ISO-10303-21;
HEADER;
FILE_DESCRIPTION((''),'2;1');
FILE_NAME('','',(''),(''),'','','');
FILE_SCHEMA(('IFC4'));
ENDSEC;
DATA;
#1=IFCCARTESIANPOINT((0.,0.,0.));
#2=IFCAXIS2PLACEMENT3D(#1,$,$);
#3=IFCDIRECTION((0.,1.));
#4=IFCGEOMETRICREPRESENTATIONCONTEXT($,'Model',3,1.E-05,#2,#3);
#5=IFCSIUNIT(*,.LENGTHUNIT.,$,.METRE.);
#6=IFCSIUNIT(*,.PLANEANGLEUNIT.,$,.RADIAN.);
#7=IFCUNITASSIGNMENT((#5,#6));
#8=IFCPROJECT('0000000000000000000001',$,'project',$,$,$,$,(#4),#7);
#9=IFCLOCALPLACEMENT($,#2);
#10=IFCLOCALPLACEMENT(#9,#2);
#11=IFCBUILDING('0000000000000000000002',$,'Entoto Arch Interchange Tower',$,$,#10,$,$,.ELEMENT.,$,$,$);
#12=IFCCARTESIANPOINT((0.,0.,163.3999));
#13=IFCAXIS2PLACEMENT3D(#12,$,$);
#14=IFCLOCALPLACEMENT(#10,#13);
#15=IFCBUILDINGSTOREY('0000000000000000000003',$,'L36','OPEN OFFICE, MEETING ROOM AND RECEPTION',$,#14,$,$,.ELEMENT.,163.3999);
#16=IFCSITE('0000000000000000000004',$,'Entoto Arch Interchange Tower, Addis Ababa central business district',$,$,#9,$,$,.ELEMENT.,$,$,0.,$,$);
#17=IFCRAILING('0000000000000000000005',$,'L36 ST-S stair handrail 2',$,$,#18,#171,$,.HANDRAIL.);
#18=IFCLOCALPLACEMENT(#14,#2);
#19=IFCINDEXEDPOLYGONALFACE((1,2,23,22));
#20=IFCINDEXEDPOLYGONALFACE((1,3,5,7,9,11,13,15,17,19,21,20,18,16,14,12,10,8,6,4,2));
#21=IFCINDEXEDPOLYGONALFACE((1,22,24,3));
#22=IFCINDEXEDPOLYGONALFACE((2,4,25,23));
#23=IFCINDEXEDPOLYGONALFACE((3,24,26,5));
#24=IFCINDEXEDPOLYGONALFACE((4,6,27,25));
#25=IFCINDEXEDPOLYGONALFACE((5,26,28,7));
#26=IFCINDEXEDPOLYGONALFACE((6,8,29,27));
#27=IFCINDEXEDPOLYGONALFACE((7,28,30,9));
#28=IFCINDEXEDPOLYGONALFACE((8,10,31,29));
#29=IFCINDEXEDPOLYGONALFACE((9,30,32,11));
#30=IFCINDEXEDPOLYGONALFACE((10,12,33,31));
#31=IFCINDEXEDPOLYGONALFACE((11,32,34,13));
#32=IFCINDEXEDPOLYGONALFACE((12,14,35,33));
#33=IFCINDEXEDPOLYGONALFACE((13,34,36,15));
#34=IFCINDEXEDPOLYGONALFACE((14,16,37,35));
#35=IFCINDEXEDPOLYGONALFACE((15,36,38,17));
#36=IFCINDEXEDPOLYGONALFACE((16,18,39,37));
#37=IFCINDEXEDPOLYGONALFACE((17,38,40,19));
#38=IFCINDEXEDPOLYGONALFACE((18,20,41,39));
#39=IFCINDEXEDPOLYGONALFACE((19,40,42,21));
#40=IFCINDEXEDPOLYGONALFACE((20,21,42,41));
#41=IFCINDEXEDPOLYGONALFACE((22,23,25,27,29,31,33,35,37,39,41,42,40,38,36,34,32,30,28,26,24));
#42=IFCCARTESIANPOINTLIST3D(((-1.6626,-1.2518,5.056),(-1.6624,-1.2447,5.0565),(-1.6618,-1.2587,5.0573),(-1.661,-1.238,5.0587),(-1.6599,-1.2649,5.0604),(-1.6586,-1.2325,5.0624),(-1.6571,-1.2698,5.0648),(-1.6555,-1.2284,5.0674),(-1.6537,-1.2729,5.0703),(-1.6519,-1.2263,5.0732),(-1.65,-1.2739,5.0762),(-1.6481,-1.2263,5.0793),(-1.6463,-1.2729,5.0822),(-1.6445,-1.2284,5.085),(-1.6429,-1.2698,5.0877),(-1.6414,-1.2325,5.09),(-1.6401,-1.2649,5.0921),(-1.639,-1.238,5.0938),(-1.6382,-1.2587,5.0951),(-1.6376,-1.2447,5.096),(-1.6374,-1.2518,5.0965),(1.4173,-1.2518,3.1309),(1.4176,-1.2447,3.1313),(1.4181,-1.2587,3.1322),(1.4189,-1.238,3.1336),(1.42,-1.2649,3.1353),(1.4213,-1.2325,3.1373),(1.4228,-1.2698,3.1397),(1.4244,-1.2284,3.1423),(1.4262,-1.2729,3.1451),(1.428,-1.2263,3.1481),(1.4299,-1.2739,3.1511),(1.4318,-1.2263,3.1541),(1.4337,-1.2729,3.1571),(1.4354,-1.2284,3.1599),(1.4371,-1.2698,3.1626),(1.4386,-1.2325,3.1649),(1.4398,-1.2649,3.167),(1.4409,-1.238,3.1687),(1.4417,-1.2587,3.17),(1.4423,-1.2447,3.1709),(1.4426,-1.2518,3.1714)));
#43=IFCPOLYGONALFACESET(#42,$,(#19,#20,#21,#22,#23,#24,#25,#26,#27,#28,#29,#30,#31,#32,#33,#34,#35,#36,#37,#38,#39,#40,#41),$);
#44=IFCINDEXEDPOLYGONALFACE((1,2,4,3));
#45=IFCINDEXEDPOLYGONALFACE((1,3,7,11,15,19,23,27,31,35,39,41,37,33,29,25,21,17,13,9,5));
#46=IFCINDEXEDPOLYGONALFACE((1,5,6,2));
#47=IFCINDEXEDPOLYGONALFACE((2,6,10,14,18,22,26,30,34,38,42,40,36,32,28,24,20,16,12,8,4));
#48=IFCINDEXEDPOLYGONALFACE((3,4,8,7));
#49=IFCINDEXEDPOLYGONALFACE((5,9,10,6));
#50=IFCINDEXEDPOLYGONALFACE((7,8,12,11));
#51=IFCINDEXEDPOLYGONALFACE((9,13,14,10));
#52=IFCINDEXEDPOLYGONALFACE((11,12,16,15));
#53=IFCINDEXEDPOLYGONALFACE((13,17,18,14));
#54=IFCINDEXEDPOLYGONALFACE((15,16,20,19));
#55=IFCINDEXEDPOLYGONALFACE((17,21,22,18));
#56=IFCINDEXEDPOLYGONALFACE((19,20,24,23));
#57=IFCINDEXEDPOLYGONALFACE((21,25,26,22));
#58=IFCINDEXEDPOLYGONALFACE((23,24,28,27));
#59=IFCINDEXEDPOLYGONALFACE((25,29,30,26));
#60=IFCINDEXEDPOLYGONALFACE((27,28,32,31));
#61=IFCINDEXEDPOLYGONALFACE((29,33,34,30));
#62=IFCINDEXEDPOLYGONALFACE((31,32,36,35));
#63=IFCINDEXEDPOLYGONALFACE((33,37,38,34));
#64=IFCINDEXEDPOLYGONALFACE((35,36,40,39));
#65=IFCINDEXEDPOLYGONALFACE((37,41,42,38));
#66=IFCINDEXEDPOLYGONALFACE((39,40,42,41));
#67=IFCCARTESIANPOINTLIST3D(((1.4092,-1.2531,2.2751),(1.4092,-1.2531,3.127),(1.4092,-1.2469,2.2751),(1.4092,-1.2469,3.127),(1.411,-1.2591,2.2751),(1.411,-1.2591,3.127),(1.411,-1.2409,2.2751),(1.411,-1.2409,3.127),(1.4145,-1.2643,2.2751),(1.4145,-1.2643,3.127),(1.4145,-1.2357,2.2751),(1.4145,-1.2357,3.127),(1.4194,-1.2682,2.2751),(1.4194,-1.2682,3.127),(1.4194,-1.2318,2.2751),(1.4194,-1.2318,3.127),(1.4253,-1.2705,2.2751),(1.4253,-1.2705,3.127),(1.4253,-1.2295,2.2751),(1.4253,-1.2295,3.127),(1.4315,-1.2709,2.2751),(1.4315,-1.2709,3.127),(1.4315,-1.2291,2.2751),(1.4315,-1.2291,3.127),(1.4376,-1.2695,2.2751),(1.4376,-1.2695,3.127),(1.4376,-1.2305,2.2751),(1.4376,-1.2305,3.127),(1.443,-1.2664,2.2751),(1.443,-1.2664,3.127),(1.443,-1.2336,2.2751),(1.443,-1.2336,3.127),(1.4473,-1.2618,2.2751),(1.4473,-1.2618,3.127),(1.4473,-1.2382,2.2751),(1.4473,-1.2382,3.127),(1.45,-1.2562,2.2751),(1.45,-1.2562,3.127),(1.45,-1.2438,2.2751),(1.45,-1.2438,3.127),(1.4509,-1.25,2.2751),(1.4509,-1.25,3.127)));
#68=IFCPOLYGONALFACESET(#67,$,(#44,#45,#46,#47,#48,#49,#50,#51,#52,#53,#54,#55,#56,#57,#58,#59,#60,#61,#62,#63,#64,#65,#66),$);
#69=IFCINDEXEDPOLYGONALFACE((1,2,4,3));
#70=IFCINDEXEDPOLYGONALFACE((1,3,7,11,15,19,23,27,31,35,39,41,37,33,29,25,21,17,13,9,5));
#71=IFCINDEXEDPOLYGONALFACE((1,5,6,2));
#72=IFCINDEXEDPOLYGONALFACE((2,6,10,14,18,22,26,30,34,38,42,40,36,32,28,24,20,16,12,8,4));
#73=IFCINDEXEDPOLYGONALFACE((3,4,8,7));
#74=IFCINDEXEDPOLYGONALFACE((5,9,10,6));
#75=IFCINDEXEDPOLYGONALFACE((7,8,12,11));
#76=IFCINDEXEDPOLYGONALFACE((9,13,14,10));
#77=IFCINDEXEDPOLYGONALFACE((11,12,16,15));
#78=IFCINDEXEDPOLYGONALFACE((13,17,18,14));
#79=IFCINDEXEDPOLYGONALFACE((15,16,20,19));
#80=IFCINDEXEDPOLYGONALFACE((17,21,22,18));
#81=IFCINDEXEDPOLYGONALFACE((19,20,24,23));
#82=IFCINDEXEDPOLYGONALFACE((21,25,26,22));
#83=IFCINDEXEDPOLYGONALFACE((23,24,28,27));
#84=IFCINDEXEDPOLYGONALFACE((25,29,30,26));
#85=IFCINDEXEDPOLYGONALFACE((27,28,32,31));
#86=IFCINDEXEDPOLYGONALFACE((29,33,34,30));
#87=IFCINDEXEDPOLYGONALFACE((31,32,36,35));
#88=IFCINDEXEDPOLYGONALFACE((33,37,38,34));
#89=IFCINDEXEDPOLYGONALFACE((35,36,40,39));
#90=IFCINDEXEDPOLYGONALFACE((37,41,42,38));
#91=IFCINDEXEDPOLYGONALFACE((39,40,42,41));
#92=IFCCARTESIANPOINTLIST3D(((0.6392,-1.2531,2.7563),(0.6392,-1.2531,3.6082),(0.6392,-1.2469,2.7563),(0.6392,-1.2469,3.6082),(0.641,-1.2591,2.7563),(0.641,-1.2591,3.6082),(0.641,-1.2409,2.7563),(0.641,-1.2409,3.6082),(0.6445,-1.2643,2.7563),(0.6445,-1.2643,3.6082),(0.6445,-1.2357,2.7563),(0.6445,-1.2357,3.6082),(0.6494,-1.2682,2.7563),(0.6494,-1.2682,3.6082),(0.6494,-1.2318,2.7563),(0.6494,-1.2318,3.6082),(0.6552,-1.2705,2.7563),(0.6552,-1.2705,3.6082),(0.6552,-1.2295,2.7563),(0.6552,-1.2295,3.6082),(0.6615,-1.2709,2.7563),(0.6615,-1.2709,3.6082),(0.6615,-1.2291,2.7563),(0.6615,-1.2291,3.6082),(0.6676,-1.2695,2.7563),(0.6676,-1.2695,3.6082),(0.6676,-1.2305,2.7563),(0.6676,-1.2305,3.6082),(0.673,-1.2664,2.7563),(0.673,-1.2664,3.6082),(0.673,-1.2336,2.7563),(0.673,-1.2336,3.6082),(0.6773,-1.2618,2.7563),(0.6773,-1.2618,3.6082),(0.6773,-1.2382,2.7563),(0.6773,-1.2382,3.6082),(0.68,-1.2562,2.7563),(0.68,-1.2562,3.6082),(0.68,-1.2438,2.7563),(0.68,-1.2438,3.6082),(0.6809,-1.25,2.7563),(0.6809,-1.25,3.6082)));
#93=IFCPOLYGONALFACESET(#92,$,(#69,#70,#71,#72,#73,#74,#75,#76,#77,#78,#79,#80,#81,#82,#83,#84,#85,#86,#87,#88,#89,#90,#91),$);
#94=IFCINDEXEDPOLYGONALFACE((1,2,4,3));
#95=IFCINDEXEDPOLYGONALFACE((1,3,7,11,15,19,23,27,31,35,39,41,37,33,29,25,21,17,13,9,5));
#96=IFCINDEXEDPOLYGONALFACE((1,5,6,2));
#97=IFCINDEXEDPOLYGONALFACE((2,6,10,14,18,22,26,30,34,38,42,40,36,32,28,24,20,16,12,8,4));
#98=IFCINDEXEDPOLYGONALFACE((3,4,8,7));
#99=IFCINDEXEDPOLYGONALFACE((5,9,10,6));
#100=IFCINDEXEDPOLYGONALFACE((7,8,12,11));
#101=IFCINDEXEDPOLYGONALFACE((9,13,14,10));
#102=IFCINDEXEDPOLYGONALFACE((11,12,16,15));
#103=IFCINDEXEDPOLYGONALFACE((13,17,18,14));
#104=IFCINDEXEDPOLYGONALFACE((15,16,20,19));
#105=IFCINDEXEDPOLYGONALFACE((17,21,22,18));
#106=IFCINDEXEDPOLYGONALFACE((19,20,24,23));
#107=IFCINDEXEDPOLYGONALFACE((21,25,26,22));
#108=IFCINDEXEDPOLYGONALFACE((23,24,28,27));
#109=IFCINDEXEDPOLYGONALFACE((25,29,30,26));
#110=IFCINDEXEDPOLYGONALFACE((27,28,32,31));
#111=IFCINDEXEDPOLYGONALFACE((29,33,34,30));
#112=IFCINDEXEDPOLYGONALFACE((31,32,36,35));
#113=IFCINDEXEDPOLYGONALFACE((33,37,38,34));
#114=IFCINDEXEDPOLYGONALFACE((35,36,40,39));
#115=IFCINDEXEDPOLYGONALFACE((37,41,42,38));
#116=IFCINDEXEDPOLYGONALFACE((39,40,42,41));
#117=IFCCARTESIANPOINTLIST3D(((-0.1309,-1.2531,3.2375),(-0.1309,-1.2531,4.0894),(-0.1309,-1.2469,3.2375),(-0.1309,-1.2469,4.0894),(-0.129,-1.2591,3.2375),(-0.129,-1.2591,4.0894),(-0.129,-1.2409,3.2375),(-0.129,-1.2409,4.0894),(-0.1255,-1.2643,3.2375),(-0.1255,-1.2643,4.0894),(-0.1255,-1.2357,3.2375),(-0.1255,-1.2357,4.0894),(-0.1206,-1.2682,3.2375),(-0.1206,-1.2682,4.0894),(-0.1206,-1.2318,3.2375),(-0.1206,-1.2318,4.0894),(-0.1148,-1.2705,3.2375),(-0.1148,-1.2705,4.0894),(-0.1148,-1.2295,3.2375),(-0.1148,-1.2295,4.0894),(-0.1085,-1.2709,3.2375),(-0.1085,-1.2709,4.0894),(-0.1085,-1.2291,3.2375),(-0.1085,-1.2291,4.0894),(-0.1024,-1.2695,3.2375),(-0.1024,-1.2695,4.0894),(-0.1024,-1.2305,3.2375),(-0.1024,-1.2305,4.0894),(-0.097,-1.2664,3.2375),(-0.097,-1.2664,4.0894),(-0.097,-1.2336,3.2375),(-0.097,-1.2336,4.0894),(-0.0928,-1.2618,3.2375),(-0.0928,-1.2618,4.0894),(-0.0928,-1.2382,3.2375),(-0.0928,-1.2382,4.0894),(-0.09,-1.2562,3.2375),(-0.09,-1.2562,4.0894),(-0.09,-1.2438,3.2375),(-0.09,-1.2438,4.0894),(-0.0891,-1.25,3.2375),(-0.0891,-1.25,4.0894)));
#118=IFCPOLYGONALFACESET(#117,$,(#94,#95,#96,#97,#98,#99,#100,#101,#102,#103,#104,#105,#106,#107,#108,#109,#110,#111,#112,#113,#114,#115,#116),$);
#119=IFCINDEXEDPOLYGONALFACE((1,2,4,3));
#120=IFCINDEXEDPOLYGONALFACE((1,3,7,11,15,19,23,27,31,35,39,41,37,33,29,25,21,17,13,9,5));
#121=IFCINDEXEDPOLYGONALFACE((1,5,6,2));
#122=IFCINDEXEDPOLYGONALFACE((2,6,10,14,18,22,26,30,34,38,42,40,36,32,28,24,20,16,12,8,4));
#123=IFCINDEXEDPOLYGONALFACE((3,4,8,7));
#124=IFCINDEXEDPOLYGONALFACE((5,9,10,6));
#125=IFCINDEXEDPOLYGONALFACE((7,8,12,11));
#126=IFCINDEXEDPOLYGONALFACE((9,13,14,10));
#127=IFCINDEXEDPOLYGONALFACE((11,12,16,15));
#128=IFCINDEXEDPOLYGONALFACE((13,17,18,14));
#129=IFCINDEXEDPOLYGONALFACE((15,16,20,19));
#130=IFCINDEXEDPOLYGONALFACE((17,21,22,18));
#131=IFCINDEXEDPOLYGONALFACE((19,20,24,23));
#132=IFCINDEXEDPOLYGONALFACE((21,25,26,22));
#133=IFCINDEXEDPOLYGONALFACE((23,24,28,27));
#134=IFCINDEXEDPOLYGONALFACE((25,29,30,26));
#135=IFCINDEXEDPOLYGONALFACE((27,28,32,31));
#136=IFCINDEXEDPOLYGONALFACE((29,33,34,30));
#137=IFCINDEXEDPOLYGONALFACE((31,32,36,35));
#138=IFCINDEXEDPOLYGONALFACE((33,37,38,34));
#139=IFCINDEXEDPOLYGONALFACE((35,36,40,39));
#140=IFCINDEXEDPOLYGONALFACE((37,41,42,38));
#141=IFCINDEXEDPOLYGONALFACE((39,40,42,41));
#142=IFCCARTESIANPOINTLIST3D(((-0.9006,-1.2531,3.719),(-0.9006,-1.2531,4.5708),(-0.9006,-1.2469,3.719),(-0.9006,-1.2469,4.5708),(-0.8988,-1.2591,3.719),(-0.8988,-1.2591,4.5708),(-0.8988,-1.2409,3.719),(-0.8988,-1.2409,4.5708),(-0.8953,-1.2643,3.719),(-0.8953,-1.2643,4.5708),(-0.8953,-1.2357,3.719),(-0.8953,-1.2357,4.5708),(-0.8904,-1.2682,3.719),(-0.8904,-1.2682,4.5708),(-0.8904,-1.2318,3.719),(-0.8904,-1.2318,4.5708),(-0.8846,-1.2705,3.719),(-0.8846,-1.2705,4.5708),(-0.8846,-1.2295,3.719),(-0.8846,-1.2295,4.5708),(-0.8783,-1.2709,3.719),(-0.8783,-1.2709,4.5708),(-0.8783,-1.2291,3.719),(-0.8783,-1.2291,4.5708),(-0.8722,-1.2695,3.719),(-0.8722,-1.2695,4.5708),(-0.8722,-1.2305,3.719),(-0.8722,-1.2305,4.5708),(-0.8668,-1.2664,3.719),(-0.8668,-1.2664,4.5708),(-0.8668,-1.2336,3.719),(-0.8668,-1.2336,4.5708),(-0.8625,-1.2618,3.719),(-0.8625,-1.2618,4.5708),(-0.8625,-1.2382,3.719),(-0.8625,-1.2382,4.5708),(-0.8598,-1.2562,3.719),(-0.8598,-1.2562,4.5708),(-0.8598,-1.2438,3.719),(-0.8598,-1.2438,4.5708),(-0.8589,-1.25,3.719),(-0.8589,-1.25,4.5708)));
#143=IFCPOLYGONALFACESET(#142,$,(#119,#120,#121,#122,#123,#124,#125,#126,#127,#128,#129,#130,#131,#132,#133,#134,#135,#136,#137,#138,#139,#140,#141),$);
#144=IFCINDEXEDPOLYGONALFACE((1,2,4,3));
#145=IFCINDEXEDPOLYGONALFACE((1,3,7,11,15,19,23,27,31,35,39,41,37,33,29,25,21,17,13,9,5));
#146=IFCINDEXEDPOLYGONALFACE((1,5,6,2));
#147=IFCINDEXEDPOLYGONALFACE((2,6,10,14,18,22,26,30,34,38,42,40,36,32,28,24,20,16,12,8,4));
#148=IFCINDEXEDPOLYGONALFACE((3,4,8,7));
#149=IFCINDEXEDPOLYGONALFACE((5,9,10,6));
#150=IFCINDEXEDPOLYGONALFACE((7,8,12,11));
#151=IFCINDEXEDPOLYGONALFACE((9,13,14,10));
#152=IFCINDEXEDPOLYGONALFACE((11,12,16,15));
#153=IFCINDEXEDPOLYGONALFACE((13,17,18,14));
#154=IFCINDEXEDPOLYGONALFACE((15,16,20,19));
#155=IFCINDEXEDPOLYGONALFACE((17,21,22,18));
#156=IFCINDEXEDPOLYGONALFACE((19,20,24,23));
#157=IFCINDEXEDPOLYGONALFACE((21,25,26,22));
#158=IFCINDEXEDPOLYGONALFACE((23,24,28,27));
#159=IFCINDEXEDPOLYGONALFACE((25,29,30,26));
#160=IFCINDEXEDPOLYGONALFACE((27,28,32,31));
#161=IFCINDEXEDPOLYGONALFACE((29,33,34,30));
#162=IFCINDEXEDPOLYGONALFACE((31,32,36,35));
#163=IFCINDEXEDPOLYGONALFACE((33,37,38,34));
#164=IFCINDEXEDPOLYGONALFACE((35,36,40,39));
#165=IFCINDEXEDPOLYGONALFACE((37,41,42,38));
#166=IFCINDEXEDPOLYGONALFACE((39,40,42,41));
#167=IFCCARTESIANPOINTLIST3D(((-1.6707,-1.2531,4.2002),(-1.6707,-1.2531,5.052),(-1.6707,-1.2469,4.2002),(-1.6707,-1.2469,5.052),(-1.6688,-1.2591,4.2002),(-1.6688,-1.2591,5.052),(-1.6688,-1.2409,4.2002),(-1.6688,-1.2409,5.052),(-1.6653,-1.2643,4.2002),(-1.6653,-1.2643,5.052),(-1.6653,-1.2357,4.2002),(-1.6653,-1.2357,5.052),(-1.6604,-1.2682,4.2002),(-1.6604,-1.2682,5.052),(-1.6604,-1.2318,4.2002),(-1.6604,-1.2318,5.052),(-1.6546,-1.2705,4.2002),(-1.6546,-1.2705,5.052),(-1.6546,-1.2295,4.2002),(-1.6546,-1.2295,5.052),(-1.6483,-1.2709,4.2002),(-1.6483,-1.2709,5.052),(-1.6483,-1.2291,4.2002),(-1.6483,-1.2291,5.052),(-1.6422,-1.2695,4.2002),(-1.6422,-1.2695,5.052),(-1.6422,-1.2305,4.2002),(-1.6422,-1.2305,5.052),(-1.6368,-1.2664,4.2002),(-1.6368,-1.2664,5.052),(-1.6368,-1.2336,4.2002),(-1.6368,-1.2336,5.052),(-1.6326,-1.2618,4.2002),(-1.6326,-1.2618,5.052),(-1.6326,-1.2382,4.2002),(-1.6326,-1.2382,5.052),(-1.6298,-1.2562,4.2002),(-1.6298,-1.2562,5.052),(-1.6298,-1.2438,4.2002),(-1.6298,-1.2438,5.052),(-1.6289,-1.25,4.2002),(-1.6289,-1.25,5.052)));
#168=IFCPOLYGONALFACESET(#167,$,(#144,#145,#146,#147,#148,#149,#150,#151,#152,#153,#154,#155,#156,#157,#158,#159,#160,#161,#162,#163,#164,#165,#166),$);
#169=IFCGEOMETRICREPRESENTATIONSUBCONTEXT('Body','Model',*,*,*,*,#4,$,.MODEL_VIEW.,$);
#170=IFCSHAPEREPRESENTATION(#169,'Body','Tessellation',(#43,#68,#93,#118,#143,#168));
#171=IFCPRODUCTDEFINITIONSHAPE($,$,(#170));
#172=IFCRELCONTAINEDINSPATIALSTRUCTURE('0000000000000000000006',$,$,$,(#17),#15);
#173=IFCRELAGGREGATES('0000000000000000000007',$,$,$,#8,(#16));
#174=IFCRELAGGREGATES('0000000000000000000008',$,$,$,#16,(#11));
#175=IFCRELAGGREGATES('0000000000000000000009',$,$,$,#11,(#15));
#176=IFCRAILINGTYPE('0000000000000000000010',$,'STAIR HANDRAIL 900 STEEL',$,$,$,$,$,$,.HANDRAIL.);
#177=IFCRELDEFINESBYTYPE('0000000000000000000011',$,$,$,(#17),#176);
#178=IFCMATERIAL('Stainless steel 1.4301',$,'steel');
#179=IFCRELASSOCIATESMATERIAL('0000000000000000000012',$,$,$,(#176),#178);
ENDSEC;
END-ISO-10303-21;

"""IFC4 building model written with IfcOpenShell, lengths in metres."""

from ifc_helpers import new_model, si_unit, direction, frame, origin, origin_2d, place, context, subcontext, project, spatial, circle, extrude, material, type_object, element, save


model = new_model("IFC4")

# Units and contexts
model_context = context("Model", 3, precision=1e-05, world=origin(), true_north=direction((0.0, 1.0)))
body_context = subcontext(model_context, "Body", "Model", "MODEL_VIEW")
ifc_project = project(units=[si_unit("LENGTHUNIT", "METRE"), si_unit("PLANEANGLEUNIT", "RADIAN")], contexts=[model_context])

# Site, building, storey
site_placement = place(None, origin())
site = spatial("IfcSite", under=ifc_project, at=site_placement, Name="Entoto Arch Interchange Tower, Addis Ababa central business district", CompositionType="ELEMENT", RefElevation=0.0)
building_placement = place(site_placement, origin())
building = spatial("IfcBuilding", under=site, at=building_placement, Name="Entoto Arch Interchange Tower", CompositionType="ELEMENT")
storey_placement = place(building_placement, frame((0.0, 0.0, 163.3999)))
storey = spatial("IfcBuildingStorey", under=building, at=storey_placement, Name="L36", Description="OPEN OFFICE, MEETING ROOM AND RECEPTION", CompositionType="ELEMENT", Elevation=163.3999)

# Railing
ifc_material_1 = material(Name="Stainless steel 1.4301", Category="steel")
railing_type_1 = type_object("IfcRailingType", Name="STAIR HANDRAIL 900 STEEL", PredefinedType="HANDRAIL", material=ifc_material_1)
railing_1_placement = place(storey_placement, frame((1.4299, -1.25, 2.2751)))
element("IfcRailing", 1, at=railing_1_placement, inside=storey, type_object=railing_type_1, Name="L36 ST-S stair handrail 2", PredefinedType="HANDRAIL", context=body_context, shape_type="SweptSolid", body=[
    extrude(circle(Radius=0.0239, at=origin_2d()), frame((0.0, 0.0, 0.876), z_axis=(-0.847979, 0.0, 0.530029), x_axis=(0.0, -1.0, 0.0)), (0.0, 0.0, 1.0), 3.6321),
    extrude(circle(Radius=0.021, at=origin_2d()), origin(), (0.0, 0.0, 1.0), 0.8518),
    extrude(circle(Radius=0.021, at=origin_2d()), frame((-0.77, 0.0, 0.4812)), (0.0, 0.0, 1.0), 0.8518),
    extrude(circle(Radius=0.021, at=origin_2d()), frame((-1.54, 0.0, 0.9624)), (0.0, 0.0, 1.0), 0.8518),
    extrude(circle(Radius=0.021, at=origin_2d()), frame((-2.3098, 0.0, 1.4438)), (0.0, 0.0, 1.0), 0.8518),
    extrude(circle(Radius=0.021, at=origin_2d()), frame((-3.0798, 0.0, 1.925)), (0.0, 0.0, 1.0), 0.8518),
])

save(model, "model.ifc")
